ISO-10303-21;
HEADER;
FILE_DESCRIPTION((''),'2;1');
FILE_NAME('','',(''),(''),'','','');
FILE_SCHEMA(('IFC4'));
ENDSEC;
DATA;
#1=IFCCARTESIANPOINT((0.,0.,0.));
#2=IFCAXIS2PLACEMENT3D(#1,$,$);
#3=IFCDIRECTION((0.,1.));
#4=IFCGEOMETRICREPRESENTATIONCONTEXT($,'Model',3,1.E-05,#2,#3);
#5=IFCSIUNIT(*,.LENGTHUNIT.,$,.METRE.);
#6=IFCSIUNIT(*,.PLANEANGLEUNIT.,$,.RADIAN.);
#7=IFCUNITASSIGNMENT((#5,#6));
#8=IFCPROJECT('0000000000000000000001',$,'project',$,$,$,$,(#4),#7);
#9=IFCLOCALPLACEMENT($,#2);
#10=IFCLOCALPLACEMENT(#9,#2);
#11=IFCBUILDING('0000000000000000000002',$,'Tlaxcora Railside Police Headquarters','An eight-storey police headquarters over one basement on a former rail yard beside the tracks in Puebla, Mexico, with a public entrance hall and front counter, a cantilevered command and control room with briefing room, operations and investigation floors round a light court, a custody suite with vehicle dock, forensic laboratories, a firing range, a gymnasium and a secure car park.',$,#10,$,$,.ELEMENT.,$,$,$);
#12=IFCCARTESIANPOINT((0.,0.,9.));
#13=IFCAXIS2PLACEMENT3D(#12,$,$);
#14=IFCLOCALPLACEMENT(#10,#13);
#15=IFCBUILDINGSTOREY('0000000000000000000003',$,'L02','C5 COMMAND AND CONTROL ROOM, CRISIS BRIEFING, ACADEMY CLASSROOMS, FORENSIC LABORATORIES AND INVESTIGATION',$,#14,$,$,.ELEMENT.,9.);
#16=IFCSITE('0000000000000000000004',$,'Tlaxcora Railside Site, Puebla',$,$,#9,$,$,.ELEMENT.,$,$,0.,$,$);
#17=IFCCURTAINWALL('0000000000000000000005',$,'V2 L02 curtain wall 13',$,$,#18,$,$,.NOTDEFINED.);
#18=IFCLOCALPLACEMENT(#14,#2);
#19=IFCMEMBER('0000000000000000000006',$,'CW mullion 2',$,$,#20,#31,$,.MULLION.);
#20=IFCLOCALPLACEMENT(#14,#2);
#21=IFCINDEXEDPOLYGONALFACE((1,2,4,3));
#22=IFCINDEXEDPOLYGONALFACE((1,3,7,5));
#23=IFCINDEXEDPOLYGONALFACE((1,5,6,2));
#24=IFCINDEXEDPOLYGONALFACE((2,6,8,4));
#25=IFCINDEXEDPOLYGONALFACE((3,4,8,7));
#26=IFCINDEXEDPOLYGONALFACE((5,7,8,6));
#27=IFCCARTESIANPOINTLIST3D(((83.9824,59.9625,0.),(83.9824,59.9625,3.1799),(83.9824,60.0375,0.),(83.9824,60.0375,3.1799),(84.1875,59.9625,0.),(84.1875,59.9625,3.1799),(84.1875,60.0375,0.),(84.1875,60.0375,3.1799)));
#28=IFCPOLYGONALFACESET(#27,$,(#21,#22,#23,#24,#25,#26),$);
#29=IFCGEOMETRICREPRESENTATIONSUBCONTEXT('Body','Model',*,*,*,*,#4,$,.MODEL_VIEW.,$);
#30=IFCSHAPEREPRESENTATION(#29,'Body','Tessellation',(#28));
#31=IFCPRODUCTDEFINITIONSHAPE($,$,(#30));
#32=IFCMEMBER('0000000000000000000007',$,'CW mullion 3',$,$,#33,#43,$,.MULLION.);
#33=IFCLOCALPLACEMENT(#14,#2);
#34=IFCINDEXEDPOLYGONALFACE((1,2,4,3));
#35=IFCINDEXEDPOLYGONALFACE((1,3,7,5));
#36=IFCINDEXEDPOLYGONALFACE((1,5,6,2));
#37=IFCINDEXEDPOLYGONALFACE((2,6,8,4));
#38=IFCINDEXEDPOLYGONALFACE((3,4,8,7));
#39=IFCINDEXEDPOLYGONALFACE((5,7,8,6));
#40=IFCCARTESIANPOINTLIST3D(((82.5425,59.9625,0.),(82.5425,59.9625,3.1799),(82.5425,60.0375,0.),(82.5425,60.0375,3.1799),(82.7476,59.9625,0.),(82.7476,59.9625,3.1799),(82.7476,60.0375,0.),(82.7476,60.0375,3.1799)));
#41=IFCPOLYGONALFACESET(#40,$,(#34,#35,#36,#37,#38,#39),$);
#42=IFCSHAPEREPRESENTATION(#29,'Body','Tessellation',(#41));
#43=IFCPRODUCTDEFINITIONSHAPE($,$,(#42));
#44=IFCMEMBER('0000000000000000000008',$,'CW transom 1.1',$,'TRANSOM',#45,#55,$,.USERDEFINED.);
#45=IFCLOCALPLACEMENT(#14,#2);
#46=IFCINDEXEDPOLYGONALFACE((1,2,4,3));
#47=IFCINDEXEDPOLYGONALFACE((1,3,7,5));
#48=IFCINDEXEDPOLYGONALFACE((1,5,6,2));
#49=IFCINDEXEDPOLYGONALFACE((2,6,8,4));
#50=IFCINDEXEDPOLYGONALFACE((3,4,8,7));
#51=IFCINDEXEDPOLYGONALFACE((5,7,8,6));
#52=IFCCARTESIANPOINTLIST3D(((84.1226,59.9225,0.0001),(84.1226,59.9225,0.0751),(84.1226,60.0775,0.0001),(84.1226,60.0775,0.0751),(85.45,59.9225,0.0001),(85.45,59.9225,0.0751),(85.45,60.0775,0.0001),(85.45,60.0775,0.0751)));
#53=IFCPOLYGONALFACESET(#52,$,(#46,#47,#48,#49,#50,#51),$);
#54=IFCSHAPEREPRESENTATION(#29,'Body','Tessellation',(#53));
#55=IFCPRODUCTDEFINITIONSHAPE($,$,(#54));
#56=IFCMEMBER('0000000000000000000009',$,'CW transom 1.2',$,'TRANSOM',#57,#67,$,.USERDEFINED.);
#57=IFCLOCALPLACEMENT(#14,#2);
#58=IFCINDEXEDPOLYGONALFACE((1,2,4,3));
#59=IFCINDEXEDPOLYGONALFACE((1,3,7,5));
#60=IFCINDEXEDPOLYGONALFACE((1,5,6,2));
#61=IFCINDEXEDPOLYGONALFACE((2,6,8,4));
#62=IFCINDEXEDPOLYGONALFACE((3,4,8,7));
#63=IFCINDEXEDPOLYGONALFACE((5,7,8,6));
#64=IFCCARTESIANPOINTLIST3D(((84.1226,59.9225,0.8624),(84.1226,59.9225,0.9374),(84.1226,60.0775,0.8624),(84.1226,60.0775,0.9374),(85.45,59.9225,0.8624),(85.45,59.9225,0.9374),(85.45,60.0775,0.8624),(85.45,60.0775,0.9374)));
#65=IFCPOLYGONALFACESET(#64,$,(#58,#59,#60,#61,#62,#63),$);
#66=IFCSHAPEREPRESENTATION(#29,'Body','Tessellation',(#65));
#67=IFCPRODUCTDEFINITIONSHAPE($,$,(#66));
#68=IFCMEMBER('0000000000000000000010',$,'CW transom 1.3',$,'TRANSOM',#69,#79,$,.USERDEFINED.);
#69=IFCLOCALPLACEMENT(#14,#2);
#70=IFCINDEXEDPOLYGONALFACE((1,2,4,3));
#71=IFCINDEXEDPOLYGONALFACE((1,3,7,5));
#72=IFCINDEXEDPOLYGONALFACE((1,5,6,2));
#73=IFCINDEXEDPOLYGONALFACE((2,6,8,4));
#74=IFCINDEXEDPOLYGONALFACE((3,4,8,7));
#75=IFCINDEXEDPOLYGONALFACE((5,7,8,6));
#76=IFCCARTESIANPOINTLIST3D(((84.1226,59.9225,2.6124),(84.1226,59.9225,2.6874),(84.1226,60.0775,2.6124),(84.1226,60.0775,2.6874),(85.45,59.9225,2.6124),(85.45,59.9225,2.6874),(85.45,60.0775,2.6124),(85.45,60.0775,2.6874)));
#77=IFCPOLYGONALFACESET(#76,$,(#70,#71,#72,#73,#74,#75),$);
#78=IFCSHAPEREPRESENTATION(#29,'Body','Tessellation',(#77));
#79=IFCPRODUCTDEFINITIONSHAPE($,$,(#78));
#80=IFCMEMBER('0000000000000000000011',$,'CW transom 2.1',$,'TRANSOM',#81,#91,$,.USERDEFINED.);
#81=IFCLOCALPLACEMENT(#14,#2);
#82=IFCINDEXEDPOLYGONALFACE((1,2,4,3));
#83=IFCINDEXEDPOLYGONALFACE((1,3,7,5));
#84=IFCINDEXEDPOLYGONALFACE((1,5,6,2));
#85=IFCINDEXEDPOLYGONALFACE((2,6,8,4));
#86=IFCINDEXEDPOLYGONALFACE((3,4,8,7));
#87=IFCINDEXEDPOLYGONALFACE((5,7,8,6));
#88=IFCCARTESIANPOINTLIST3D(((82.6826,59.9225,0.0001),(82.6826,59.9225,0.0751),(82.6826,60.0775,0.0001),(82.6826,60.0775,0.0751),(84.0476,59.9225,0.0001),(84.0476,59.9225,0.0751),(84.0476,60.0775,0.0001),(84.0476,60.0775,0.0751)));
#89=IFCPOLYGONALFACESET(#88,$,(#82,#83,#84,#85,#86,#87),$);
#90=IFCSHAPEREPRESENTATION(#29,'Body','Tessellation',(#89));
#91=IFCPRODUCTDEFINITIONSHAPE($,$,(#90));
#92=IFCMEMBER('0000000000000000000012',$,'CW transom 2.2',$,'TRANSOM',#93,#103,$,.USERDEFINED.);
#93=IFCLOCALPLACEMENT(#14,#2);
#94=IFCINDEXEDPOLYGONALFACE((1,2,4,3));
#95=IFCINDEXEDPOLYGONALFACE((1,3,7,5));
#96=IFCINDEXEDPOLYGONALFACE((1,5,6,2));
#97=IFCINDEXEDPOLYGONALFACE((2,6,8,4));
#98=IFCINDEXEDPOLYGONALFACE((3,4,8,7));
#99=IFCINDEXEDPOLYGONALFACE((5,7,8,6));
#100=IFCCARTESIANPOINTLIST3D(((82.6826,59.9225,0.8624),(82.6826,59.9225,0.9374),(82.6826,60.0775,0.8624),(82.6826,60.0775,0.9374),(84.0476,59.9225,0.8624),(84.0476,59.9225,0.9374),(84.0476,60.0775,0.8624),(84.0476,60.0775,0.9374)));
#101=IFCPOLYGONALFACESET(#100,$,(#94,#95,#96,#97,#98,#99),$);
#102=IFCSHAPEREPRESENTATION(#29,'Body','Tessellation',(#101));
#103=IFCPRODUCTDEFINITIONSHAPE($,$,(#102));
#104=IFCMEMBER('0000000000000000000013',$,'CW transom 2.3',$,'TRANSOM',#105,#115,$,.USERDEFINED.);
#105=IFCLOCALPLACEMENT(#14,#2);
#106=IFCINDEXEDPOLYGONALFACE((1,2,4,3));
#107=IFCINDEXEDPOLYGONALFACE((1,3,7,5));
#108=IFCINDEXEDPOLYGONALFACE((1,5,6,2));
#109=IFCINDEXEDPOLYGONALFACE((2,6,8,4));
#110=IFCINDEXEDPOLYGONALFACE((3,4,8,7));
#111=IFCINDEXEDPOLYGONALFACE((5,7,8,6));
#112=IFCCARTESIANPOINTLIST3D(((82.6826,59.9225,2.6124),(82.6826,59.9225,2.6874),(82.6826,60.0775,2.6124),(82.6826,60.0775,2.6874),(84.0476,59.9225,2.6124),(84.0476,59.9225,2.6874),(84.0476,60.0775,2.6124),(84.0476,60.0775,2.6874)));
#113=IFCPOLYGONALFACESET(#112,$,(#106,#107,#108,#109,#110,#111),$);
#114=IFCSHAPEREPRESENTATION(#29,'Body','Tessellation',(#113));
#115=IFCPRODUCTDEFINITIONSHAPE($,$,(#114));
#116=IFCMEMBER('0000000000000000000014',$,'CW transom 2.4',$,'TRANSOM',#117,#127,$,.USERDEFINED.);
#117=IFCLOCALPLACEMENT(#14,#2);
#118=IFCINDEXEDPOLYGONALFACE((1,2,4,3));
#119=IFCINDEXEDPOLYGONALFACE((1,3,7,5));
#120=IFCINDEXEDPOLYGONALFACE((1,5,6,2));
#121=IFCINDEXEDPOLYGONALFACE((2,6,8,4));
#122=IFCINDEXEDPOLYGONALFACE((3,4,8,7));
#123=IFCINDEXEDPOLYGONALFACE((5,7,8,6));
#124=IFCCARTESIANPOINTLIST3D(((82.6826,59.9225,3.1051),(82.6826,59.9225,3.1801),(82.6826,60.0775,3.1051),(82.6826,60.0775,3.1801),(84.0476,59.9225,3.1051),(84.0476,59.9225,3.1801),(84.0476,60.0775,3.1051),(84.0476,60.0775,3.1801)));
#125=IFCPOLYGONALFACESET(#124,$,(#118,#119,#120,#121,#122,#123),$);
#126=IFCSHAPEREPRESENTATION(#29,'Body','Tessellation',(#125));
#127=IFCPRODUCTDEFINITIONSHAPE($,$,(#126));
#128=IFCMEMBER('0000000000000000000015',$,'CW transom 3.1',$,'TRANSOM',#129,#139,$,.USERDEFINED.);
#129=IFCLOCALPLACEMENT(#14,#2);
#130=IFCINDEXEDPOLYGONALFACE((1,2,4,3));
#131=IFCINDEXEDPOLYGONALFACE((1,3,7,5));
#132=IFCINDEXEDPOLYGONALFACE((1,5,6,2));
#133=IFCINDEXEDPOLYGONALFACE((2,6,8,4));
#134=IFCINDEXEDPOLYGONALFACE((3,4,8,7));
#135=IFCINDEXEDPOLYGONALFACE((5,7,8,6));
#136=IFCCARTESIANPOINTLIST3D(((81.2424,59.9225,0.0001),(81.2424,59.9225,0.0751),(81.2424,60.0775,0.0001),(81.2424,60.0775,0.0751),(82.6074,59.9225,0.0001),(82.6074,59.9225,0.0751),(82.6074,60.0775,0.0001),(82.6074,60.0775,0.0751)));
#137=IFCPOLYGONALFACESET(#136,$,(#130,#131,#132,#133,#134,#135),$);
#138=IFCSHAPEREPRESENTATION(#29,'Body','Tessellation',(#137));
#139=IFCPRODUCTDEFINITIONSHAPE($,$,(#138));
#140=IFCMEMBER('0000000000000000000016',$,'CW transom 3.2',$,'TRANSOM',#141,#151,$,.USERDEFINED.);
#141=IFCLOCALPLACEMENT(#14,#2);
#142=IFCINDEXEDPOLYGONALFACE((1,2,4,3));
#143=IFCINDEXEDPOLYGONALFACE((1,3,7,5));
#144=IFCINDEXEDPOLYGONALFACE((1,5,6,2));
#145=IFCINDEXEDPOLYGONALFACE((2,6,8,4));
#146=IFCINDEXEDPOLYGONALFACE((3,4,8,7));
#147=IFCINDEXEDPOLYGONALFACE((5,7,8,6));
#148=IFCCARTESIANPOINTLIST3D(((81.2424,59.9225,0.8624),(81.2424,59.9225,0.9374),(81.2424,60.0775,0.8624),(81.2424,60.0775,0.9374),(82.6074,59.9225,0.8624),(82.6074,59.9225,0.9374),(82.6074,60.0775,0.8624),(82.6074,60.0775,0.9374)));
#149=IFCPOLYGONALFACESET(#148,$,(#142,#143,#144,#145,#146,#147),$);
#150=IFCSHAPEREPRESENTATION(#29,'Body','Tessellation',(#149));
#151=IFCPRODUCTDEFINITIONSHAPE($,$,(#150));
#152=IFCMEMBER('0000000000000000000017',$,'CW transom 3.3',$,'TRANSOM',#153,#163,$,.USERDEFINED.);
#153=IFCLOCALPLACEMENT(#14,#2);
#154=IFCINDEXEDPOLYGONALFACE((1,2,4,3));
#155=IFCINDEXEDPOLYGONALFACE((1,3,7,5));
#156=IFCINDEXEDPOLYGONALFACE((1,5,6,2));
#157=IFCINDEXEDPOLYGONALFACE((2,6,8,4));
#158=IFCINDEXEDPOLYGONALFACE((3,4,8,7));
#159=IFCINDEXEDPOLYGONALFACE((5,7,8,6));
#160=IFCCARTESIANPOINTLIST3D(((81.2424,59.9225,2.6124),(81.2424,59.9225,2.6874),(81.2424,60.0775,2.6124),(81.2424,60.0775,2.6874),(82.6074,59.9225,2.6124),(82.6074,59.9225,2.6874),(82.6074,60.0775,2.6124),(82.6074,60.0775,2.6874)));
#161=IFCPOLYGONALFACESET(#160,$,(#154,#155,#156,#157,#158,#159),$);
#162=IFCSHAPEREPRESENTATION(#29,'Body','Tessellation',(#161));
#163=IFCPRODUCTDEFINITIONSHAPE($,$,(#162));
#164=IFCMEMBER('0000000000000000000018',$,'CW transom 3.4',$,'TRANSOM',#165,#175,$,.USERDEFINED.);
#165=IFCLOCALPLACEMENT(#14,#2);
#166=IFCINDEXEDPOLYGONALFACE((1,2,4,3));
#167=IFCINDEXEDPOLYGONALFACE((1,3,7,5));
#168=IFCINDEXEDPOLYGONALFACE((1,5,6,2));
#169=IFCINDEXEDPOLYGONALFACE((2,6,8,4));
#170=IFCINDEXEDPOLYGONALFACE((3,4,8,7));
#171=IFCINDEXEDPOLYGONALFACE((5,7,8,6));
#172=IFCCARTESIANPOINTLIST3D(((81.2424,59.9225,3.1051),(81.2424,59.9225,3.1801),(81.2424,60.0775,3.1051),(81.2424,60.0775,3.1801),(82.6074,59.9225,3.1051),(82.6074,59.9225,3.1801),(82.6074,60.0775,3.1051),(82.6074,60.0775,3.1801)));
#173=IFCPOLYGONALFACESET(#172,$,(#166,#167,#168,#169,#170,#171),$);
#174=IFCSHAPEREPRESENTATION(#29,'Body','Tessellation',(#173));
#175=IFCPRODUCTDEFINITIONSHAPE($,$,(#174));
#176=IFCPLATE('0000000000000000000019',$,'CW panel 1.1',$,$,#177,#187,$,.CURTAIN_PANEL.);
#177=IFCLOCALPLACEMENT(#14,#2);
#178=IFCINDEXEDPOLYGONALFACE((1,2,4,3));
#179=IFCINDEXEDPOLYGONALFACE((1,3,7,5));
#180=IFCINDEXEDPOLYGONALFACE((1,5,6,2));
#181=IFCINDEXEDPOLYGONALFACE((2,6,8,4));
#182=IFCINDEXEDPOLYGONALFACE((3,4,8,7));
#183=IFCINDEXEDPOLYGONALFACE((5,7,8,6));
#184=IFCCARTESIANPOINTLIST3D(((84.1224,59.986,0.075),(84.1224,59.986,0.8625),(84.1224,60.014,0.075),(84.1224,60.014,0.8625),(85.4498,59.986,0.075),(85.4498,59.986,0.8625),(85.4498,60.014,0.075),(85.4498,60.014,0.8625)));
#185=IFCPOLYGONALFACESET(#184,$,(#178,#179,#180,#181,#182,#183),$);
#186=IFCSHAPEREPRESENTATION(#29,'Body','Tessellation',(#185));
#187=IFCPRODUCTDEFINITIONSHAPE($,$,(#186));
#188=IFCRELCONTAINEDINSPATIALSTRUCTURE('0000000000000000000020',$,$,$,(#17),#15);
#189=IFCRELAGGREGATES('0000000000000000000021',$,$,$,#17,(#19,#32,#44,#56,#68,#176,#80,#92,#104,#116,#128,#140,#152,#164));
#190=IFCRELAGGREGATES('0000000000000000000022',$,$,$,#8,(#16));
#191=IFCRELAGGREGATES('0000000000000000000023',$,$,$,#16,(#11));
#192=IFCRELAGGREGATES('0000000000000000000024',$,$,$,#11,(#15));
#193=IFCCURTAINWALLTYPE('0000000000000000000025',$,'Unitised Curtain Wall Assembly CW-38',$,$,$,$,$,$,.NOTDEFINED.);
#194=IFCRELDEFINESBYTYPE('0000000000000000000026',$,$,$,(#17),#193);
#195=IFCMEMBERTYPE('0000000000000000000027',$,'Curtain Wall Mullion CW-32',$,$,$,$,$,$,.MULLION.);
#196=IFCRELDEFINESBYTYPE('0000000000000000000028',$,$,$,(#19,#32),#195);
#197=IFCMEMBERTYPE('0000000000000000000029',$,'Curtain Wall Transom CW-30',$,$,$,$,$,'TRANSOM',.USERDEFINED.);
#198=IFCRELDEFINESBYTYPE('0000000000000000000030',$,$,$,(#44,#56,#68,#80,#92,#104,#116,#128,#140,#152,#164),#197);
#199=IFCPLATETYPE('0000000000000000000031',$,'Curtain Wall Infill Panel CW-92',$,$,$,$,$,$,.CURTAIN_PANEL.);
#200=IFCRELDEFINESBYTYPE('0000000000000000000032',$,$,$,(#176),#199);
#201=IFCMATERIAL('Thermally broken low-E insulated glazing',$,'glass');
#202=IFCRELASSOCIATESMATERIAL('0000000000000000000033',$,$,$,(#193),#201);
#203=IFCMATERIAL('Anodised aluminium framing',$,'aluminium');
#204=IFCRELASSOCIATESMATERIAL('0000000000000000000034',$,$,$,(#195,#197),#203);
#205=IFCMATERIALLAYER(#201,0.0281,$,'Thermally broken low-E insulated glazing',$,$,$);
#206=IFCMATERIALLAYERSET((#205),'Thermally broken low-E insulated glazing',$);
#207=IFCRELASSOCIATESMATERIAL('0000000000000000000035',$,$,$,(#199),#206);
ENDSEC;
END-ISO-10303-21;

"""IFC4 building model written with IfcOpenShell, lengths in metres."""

from ifc_helpers import new_model, si_unit, direction, frame, origin, origin_2d, place, context, subcontext, project, spatial, rectangle, extrude, material, layer, layer_set, material_profile, profile_set, type_object, element, aggregate, save


model = new_model("IFC4")

# Units and contexts
model_context = context("Model", 3, precision=1e-05, world=origin(), true_north=direction((0.0, 1.0)))
body_context = subcontext(model_context, "Body", "Model", "MODEL_VIEW")
ifc_project = project(units=[si_unit("LENGTHUNIT", "METRE"), si_unit("PLANEANGLEUNIT", "RADIAN")], contexts=[model_context])

# Site, building, storey
site_placement = place(None, origin())
site = spatial("IfcSite", under=ifc_project, at=site_placement, Name="Tlaxcora Railside Site, Puebla", CompositionType="ELEMENT", RefElevation=0.0)
building_placement = place(site_placement, origin())
building = spatial("IfcBuilding", under=site, at=building_placement, Name="Tlaxcora Railside Police Headquarters", Description="An eight-storey police headquarters over one basement on a former rail yard beside the tracks in Puebla, Mexico, with a public entrance hall and front counter, a cantilevered command and control room with briefing room, operations and investigation floors round a light court, a custody suite with vehicle dock, forensic laboratories, a firing range, a gymnasium and a secure car park.", CompositionType="ELEMENT")
storey_placement = place(building_placement, frame((0.0, 0.0, 9.0)))
storey = spatial("IfcBuildingStorey", under=building, at=storey_placement, Name="L02", Description="C5 COMMAND AND CONTROL ROOM, CRISIS BRIEFING, ACADEMY CLASSROOMS, FORENSIC LABORATORIES AND INVESTIGATION", CompositionType="ELEMENT", Elevation=9.0)

# Curtain wall, members, plate
ifc_material_1 = material(Name="Thermally broken low-E insulated glazing", Category="glass")
curtain_wall_type = type_object("IfcCurtainWallType", Name="Unitised Curtain Wall Assembly CW-38", PredefinedType="NOTDEFINED", material=ifc_material_1)
curtain_wall_placement = place(storey_placement, origin())
curtain_wall = element("IfcCurtainWall", 1, at=curtain_wall_placement, inside=storey, type_object=curtain_wall_type, Name="V2 L02 curtain wall 13", PredefinedType="NOTDEFINED")
ifc_material_2 = material(Name="Anodised aluminium framing", Category="aluminium")
ifc_material_profile_1 = material_profile(ifc_material_2, rectangle(XDim=0.075, YDim=0.2051, at=origin_2d()), Name="AL75X205")
ifc_profile_set_1 = profile_set([ifc_material_profile_1], Name="Anodised aluminium framing")
member_type_1 = type_object("IfcMemberType", Name="Curtain Wall Mullion CW-32", PredefinedType="MULLION", material=ifc_profile_set_1)
member_1_placement = place(storey_placement, frame((84.085, 60.0, 0.0), z_axis=(0.0, 0.0, 1.0), x_axis=(0.0, -1.0, 0.0)))
member_1 = element("IfcMember", 2, at=member_1_placement, type_object=member_type_1, Name="CW mullion 2", PredefinedType="MULLION", context=body_context, shape_type="SweptSolid", body=[
    extrude(rectangle(XDim=0.075, YDim=0.2051, at=origin_2d()), origin(), (0.0, 0.0, 1.0), 3.1799),
])
member_2_placement = place(storey_placement, frame((82.645, 60.0, 0.0), z_axis=(0.0, 0.0, 1.0), x_axis=(0.0, -1.0, 0.0)))
member_2 = element("IfcMember", 3, at=member_2_placement, type_object=member_type_1, Name="CW mullion 3", PredefinedType="MULLION", context=body_context, shape_type="SweptSolid", body=[
    extrude(rectangle(XDim=0.075, YDim=0.2051, at=origin_2d()), origin(), (0.0, 0.0, 1.0), 3.1799),
])
ifc_material_profile_2 = material_profile(ifc_material_2, rectangle(XDim=0.155, YDim=0.075, at=origin_2d()), Name="AL75X155")
ifc_profile_set_2 = profile_set([ifc_material_profile_2], Name="Anodised aluminium framing")
member_type_2 = type_object("IfcMemberType", Name="Curtain Wall Transom CW-30", ElementType="TRANSOM", PredefinedType="USERDEFINED", material=ifc_profile_set_2)
member_3_placement = place(storey_placement, frame((85.45, 60.0, 0.0376), z_axis=(-1.0, 0.0, 0.0), x_axis=(0.0, -1.0, 0.0)))
member_3 = element("IfcMember", 4, at=member_3_placement, type_object=member_type_2, Name="CW transom 1.1", ObjectType="TRANSOM", PredefinedType="USERDEFINED", context=body_context, shape_type="SweptSolid", body=[
    extrude(rectangle(XDim=0.155, YDim=0.075, at=origin_2d()), origin(), (0.0, 0.0, 1.0), 1.3274),
])
member_4_placement = place(storey_placement, frame((85.45, 60.0, 0.8999), z_axis=(-1.0, 0.0, 0.0), x_axis=(0.0, -1.0, 0.0)))
member_4 = element("IfcMember", 5, at=member_4_placement, type_object=member_type_2, Name="CW transom 1.2", ObjectType="TRANSOM", PredefinedType="USERDEFINED", context=body_context, shape_type="SweptSolid", body=[
    extrude(rectangle(XDim=0.155, YDim=0.075, at=origin_2d()), origin(), (0.0, 0.0, 1.0), 1.3274),
])
member_5_placement = place(storey_placement, frame((85.45, 60.0, 2.6499), z_axis=(-1.0, 0.0, 0.0), x_axis=(0.0, -1.0, 0.0)))
member_5 = element("IfcMember", 6, at=member_5_placement, type_object=member_type_2, Name="CW transom 1.3", ObjectType="TRANSOM", PredefinedType="USERDEFINED", context=body_context, shape_type="SweptSolid", body=[
    extrude(rectangle(XDim=0.155, YDim=0.075, at=origin_2d()), origin(), (0.0, 0.0, 1.0), 1.3274),
])
member_6_placement = place(storey_placement, frame((84.0476, 60.0, 0.0376), z_axis=(-1.0, 0.0, 0.0), x_axis=(0.0, -1.0, 0.0)))
member_6 = element("IfcMember", 7, at=member_6_placement, type_object=member_type_2, Name="CW transom 2.1", ObjectType="TRANSOM", PredefinedType="USERDEFINED", context=body_context, shape_type="SweptSolid", body=[
    extrude(rectangle(XDim=0.155, YDim=0.075, at=origin_2d()), origin(), (0.0, 0.0, 1.0), 1.365),
])
member_7_placement = place(storey_placement, frame((84.0476, 60.0, 0.8999), z_axis=(-1.0, 0.0, 0.0), x_axis=(0.0, -1.0, 0.0)))
member_7 = element("IfcMember", 8, at=member_7_placement, type_object=member_type_2, Name="CW transom 2.2", ObjectType="TRANSOM", PredefinedType="USERDEFINED", context=body_context, shape_type="SweptSolid", body=[
    extrude(rectangle(XDim=0.155, YDim=0.075, at=origin_2d()), origin(), (0.0, 0.0, 1.0), 1.365),
])
member_8_placement = place(storey_placement, frame((84.0476, 60.0, 2.6499), z_axis=(-1.0, 0.0, 0.0), x_axis=(0.0, -1.0, 0.0)))
member_8 = element("IfcMember", 9, at=member_8_placement, type_object=member_type_2, Name="CW transom 2.3", ObjectType="TRANSOM", PredefinedType="USERDEFINED", context=body_context, shape_type="SweptSolid", body=[
    extrude(rectangle(XDim=0.155, YDim=0.075, at=origin_2d()), origin(), (0.0, 0.0, 1.0), 1.365),
])
member_9_placement = place(storey_placement, frame((84.0476, 60.0, 3.1426), z_axis=(-1.0, 0.0, 0.0), x_axis=(0.0, -1.0, 0.0)))
member_9 = element("IfcMember", 10, at=member_9_placement, type_object=member_type_2, Name="CW transom 2.4", ObjectType="TRANSOM", PredefinedType="USERDEFINED", context=body_context, shape_type="SweptSolid", body=[
    extrude(rectangle(XDim=0.155, YDim=0.075, at=origin_2d()), origin(), (0.0, 0.0, 1.0), 1.365),
])
member_10_placement = place(storey_placement, frame((82.6074, 60.0, 0.0376), z_axis=(-1.0, 0.0, 0.0), x_axis=(0.0, -1.0, 0.0)))
member_10 = element("IfcMember", 11, at=member_10_placement, type_object=member_type_2, Name="CW transom 3.1", ObjectType="TRANSOM", PredefinedType="USERDEFINED", context=body_context, shape_type="SweptSolid", body=[
    extrude(rectangle(XDim=0.155, YDim=0.075, at=origin_2d()), origin(), (0.0, 0.0, 1.0), 1.365),
])
member_11_placement = place(storey_placement, frame((82.6074, 60.0, 0.8999), z_axis=(-1.0, 0.0, 0.0), x_axis=(0.0, -1.0, 0.0)))
member_11 = element("IfcMember", 12, at=member_11_placement, type_object=member_type_2, Name="CW transom 3.2", ObjectType="TRANSOM", PredefinedType="USERDEFINED", context=body_context, shape_type="SweptSolid", body=[
    extrude(rectangle(XDim=0.155, YDim=0.075, at=origin_2d()), origin(), (0.0, 0.0, 1.0), 1.365),
])
member_12_placement = place(storey_placement, frame((82.6074, 60.0, 2.6499), z_axis=(-1.0, 0.0, 0.0), x_axis=(0.0, -1.0, 0.0)))
member_12 = element("IfcMember", 13, at=member_12_placement, type_object=member_type_2, Name="CW transom 3.3", ObjectType="TRANSOM", PredefinedType="USERDEFINED", context=body_context, shape_type="SweptSolid", body=[
    extrude(rectangle(XDim=0.155, YDim=0.075, at=origin_2d()), origin(), (0.0, 0.0, 1.0), 1.365),
])
member_13_placement = place(storey_placement, frame((82.6074, 60.0, 3.1426), z_axis=(-1.0, 0.0, 0.0), x_axis=(0.0, -1.0, 0.0)))
member_13 = element("IfcMember", 14, at=member_13_placement, type_object=member_type_2, Name="CW transom 3.4", ObjectType="TRANSOM", PredefinedType="USERDEFINED", context=body_context, shape_type="SweptSolid", body=[
    extrude(rectangle(XDim=0.155, YDim=0.075, at=origin_2d()), origin(), (0.0, 0.0, 1.0), 1.365),
])
ifc_layer = layer(ifc_material_1, 0.0281, Name="Thermally broken low-E insulated glazing")
ifc_layer_set = layer_set([ifc_layer], Name="Thermally broken low-E insulated glazing")
plate_type = type_object("IfcPlateType", Name="Curtain Wall Infill Panel CW-92", PredefinedType="CURTAIN_PANEL", material=ifc_layer_set)
plate_1_placement = place(storey_placement, frame((84.7861, 60.0, 0.075), z_axis=(0.0, 0.0, 1.0), x_axis=(-1.0, 0.0, 0.0)))
plate_1 = element("IfcPlate", 15, at=plate_1_placement, type_object=plate_type, Name="CW panel 1.1", PredefinedType="CURTAIN_PANEL", context=body_context, shape_type="SweptSolid", body=[
    extrude(rectangle(XDim=1.3274, YDim=0.0281, at=origin_2d()), origin(), (0.0, 0.0, 1.0), 0.7876),
])
aggregate(curtain_wall, [member_1, member_2, member_3, member_4, member_5, plate_1, member_6, member_7, member_8, member_9, member_10, member_11, member_12, member_13])

save(model, "model.ifc")
